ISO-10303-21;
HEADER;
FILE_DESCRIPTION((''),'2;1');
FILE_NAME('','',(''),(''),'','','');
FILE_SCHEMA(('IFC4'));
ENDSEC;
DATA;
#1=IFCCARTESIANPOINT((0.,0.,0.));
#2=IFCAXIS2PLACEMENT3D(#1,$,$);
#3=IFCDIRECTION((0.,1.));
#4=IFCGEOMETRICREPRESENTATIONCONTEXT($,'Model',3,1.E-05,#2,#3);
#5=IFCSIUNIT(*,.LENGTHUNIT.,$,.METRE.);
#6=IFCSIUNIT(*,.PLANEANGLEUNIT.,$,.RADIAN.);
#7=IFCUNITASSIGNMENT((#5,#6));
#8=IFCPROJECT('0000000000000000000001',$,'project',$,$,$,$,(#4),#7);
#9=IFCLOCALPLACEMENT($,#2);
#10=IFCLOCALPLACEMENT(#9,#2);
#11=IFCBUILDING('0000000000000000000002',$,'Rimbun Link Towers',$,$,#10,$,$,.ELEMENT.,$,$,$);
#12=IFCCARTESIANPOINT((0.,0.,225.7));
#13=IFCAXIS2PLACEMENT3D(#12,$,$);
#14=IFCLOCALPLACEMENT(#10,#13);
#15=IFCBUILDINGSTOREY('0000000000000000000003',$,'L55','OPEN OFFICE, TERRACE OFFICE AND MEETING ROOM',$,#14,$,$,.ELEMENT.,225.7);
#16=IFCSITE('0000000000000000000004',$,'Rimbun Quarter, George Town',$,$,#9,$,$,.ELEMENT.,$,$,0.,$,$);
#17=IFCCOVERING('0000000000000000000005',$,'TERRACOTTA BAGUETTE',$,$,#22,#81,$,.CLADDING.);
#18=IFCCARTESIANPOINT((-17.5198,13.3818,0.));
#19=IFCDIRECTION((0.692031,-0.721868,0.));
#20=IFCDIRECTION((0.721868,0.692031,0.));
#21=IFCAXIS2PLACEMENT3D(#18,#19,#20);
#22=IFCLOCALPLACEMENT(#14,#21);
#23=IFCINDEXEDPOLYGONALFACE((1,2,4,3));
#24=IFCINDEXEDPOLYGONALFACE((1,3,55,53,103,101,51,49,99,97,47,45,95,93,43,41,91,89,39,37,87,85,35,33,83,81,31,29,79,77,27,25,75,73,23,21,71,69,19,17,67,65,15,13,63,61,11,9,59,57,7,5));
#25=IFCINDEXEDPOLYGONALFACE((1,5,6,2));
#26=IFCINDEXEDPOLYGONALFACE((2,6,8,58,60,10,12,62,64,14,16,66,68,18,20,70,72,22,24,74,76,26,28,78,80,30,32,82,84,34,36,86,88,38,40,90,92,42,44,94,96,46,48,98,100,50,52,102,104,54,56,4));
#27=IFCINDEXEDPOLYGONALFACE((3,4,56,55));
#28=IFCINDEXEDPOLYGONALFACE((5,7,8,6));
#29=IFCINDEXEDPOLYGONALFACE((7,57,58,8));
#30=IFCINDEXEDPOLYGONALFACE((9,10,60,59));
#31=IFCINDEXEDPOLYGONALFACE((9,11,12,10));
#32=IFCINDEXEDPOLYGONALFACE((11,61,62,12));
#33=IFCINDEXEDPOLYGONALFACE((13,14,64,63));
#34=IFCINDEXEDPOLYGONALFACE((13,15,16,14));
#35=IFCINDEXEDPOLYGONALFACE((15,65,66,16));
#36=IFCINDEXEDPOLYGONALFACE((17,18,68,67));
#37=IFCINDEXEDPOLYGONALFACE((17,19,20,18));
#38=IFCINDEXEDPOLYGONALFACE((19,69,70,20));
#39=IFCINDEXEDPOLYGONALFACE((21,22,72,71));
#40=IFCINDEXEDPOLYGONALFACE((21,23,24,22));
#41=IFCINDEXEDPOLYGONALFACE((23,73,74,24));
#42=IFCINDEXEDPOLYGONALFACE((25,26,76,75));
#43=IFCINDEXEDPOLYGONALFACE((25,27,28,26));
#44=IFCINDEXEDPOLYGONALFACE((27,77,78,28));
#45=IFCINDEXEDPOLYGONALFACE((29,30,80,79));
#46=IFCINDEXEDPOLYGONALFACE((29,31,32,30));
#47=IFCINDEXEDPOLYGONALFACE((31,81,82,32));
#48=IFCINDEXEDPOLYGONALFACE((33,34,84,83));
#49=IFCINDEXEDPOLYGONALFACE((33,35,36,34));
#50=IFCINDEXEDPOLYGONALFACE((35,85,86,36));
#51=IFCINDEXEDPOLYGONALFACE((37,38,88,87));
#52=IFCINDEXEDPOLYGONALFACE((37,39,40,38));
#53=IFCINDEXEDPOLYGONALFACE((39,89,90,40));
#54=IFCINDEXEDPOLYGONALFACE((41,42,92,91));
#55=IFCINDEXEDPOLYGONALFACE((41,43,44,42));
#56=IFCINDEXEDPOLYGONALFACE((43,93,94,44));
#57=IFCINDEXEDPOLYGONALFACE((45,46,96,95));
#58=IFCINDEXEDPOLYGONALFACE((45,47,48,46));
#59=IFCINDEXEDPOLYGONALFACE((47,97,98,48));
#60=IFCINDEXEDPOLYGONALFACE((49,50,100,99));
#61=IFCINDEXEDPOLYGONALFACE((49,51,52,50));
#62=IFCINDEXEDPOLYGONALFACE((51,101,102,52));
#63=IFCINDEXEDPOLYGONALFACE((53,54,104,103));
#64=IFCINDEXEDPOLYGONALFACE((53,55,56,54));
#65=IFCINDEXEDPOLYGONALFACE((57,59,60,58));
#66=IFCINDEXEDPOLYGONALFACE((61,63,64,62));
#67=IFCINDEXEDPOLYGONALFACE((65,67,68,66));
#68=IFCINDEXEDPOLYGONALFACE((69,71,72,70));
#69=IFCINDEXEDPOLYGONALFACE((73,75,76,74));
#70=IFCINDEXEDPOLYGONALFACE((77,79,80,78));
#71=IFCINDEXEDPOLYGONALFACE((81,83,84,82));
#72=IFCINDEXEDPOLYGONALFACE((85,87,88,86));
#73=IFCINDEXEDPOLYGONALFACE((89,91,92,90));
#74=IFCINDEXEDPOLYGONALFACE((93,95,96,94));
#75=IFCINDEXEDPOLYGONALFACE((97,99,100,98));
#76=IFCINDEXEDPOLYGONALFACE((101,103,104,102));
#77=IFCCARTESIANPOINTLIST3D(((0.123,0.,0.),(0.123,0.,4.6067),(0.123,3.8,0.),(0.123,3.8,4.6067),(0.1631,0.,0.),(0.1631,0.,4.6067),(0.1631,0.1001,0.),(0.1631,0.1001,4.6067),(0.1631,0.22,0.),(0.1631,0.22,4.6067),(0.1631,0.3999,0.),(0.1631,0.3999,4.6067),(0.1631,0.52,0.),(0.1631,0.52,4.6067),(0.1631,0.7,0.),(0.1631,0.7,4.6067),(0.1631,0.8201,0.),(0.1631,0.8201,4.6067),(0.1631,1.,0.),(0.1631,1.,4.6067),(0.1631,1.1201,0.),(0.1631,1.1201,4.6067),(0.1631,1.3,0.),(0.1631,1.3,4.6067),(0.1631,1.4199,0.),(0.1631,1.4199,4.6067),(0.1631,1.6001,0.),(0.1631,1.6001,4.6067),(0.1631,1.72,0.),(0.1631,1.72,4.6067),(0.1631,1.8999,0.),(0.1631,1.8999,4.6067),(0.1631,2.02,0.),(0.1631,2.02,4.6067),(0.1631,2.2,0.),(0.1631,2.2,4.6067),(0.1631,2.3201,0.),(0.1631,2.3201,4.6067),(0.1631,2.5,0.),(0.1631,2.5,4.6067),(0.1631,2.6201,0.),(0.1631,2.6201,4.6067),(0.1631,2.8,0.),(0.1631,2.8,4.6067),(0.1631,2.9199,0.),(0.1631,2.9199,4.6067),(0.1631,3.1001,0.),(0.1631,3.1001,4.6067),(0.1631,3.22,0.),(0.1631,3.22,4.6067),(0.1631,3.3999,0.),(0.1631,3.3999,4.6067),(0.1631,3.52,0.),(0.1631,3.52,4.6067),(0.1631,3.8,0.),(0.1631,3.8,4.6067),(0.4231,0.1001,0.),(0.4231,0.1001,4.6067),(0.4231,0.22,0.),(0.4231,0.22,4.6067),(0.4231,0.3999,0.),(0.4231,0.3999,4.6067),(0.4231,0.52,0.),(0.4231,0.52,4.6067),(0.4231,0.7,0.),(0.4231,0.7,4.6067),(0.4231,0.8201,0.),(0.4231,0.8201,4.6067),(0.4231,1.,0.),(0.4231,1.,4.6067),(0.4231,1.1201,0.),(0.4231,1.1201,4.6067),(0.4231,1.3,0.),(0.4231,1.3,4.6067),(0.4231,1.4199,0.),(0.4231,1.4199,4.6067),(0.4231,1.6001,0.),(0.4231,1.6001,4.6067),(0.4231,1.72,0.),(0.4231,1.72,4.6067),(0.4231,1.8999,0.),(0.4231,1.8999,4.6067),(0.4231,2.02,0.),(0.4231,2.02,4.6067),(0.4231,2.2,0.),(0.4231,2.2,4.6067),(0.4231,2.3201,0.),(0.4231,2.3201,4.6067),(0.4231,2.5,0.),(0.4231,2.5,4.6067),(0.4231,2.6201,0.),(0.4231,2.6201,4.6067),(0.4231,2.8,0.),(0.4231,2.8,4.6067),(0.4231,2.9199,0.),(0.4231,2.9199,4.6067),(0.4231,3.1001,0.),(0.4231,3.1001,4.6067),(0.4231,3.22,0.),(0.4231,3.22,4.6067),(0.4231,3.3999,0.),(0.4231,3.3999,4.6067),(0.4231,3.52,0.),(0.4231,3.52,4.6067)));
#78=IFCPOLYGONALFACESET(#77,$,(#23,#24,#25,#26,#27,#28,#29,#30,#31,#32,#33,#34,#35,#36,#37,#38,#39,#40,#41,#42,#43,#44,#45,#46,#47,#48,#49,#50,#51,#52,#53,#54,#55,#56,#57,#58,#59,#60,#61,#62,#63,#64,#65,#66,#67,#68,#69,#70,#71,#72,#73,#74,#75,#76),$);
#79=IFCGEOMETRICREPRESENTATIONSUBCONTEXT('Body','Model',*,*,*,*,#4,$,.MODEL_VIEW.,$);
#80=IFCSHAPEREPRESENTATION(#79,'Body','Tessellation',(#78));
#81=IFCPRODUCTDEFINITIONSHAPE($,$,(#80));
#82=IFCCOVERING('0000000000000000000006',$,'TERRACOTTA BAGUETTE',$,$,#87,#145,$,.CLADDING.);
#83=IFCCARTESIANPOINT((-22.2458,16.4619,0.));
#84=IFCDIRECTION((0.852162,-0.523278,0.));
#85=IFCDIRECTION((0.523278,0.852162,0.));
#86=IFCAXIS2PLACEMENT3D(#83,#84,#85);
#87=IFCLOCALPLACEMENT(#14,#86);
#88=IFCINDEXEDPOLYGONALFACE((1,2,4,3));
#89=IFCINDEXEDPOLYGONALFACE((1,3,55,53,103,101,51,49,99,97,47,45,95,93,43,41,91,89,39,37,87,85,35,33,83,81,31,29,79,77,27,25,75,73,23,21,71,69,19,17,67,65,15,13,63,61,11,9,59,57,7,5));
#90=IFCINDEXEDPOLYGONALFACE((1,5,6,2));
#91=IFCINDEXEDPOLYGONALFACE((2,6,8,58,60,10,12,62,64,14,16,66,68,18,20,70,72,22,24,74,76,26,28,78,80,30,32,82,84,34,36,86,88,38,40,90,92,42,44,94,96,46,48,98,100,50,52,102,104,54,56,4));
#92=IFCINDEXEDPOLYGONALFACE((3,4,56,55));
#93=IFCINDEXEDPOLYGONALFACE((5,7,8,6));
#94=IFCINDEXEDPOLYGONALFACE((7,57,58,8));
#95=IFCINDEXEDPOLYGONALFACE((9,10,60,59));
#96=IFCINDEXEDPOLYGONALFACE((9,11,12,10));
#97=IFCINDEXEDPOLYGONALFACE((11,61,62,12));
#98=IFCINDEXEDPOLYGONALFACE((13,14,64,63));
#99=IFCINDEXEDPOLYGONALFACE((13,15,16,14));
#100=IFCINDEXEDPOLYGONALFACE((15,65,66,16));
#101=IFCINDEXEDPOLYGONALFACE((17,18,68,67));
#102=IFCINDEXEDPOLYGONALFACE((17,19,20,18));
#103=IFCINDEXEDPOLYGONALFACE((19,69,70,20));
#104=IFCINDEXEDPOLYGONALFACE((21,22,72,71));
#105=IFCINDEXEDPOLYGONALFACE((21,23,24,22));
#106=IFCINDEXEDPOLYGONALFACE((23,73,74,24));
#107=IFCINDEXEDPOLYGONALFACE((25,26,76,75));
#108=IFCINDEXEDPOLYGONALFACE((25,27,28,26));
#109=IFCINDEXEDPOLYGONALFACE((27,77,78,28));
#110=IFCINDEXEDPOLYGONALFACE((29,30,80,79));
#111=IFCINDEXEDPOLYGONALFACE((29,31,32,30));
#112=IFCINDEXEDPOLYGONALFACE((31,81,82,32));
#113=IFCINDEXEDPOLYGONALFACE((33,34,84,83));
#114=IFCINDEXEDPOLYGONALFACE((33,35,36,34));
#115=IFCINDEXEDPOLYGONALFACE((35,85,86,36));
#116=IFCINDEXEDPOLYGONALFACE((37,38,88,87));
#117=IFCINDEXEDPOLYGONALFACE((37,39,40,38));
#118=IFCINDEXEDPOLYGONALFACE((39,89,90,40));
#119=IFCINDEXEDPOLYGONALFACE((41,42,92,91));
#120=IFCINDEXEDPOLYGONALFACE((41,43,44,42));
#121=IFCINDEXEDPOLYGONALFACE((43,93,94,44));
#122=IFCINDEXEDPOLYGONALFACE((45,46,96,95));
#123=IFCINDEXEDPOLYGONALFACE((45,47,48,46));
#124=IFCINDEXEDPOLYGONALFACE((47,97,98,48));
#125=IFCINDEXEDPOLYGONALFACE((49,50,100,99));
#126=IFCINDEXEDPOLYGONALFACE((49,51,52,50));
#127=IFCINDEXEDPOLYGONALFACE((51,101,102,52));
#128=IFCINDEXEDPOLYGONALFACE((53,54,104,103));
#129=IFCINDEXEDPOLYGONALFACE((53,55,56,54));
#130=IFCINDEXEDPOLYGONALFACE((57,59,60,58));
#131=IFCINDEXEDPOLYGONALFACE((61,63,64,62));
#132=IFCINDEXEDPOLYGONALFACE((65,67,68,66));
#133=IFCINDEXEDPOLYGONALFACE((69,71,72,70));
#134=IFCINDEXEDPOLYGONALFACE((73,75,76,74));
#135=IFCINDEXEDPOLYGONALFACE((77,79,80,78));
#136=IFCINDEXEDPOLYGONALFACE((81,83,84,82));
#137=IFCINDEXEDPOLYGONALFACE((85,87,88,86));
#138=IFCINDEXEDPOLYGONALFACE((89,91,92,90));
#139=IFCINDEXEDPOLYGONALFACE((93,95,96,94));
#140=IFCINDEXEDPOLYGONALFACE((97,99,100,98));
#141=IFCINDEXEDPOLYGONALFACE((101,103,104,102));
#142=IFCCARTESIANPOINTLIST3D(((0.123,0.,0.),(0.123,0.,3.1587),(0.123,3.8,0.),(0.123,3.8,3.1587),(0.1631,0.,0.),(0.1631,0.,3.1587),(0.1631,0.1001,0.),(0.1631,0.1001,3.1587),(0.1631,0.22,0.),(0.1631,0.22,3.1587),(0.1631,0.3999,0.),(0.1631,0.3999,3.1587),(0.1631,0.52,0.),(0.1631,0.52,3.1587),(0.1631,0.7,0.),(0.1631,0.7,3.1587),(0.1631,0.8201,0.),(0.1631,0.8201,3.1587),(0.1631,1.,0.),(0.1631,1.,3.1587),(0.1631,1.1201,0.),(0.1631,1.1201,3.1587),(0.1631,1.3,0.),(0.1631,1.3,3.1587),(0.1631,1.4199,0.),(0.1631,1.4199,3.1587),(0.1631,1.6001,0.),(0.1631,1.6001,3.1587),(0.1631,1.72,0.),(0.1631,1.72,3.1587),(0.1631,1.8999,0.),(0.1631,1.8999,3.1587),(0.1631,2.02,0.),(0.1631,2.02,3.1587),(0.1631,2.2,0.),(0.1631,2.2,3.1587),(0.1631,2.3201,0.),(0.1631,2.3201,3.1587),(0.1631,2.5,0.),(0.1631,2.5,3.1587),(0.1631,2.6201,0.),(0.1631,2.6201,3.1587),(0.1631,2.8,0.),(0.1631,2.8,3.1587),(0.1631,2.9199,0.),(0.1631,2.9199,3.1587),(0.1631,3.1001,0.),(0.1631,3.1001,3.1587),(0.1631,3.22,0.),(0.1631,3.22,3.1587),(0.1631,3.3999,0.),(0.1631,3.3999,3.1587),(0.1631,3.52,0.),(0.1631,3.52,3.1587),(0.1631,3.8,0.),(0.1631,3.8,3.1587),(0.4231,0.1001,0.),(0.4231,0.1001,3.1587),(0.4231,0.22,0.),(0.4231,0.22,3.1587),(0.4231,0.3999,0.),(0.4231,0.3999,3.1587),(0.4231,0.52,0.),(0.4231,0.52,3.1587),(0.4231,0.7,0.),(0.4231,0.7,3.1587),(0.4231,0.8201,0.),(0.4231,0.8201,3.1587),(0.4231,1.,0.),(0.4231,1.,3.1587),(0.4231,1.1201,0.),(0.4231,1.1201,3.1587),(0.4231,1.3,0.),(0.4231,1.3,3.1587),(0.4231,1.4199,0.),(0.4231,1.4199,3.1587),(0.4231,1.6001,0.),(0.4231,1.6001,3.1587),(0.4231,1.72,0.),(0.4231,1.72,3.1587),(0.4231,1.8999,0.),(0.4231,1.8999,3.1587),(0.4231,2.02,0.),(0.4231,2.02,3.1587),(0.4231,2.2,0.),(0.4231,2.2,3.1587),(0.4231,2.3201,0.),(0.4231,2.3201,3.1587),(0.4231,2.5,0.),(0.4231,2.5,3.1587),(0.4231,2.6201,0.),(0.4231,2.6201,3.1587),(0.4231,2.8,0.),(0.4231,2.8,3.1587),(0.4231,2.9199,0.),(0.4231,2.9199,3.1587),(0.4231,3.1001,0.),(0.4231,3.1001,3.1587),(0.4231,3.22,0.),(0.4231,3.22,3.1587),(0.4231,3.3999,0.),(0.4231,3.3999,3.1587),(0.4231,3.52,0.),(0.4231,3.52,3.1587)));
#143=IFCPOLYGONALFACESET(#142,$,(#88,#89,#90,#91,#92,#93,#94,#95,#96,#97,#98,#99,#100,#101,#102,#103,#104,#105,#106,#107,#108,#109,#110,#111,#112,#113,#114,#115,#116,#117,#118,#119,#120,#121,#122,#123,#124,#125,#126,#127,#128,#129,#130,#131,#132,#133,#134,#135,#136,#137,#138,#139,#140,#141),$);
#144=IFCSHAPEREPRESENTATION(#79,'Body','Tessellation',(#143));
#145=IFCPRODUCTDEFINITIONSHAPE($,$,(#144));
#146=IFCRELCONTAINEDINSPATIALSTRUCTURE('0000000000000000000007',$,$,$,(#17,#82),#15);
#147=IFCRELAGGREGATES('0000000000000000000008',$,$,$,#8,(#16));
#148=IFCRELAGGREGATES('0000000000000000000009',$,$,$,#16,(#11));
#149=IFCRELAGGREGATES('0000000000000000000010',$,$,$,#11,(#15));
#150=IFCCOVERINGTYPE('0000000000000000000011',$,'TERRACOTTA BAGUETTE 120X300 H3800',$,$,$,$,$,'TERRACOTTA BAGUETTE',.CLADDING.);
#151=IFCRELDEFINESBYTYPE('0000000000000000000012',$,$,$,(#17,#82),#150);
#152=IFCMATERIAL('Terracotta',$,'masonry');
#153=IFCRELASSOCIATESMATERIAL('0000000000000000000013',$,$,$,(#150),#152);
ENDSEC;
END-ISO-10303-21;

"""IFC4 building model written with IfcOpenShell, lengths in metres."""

from ifc_helpers import new_model, si_unit, direction, frame, origin, place, context, subcontext, project, spatial, polyline, outline, extrude, material, material_profile, profile_set, type_object, element, save


model = new_model("IFC4")

# Units and contexts
model_context = context("Model", 3, precision=1e-05, world=origin(), true_north=direction((0.0, 1.0)))
body_context = subcontext(model_context, "Body", "Model", "MODEL_VIEW")
ifc_project = project(units=[si_unit("LENGTHUNIT", "METRE"), si_unit("PLANEANGLEUNIT", "RADIAN")], contexts=[model_context])

# Site, building, storey
site_placement = place(None, origin())
site = spatial("IfcSite", under=ifc_project, at=site_placement, Name="Rimbun Quarter, George Town", CompositionType="ELEMENT", RefElevation=0.0)
building_placement = place(site_placement, origin())
building = spatial("IfcBuilding", under=site, at=building_placement, Name="Rimbun Link Towers", CompositionType="ELEMENT")
storey_placement = place(building_placement, frame((0.0, 0.0, 225.7)))
storey = spatial("IfcBuildingStorey", under=building, at=storey_placement, Name="L55", Description="OPEN OFFICE, TERRACE OFFICE AND MEETING ROOM", CompositionType="ELEMENT", Elevation=225.7)

# Coverings
ifc_material_1 = material(Name="Terracotta", Category="masonry")
ifc_material_profile_1 = material_profile(ifc_material_1, outline(polyline([(0.123, 0.0), (0.1631, 0.0), (0.1631, 0.1001), (0.4231, 0.1001), (0.4231, 0.22), (0.1631, 0.22), (0.1631, 0.3999), (0.4231, 0.3999), (0.4231, 0.52), (0.1631, 0.52), (0.1631, 0.7), (0.4231, 0.7), (0.4231, 0.8201), (0.1631, 0.8201), (0.1631, 1.0), (0.4231, 1.0), (0.4231, 1.1201), (0.1631, 1.1201), (0.1631, 1.3), (0.4231, 1.3), (0.4231, 1.4199), (0.1631, 1.4199), (0.1631, 1.6001), (0.4231, 1.6001), (0.4231, 1.72), (0.1631, 1.72), (0.1631, 1.8999), (0.4231, 1.8999), (0.4231, 2.02), (0.1631, 2.02), (0.1631, 2.2), (0.4231, 2.2), (0.4231, 2.3201), (0.1631, 2.3201), (0.1631, 2.5), (0.4231, 2.5), (0.4231, 2.6201), (0.1631, 2.6201), (0.1631, 2.8), (0.4231, 2.8), (0.4231, 2.9199), (0.1631, 2.9199), (0.1631, 3.1001), (0.4231, 3.1001), (0.4231, 3.22), (0.1631, 3.22), (0.1631, 3.3999), (0.4231, 3.3999), (0.4231, 3.52), (0.1631, 3.52), (0.1631, 3.8), (0.123, 3.8), (0.123, 0.0)])), Name="BAGUETTE 120X300")
ifc_profile_set_1 = profile_set([ifc_material_profile_1], Name="Terracotta")
covering_type = type_object("IfcCoveringType", Name="TERRACOTTA BAGUETTE 120X300 H3800", ElementType="TERRACOTTA BAGUETTE", PredefinedType="CLADDING", material=ifc_profile_set_1)
covering_1_placement = place(storey_placement, frame((-17.5198, 13.3818, 0.0), z_axis=(0.692031, -0.721868, 0.0), x_axis=(0.721868, 0.692031, 0.0)))
element("IfcCovering", 1, at=covering_1_placement, inside=storey, type_object=covering_type, Name="TERRACOTTA BAGUETTE", PredefinedType="CLADDING", context=body_context, shape_type="SweptSolid", body=[
    extrude(outline(polyline([(0.123, 0.0), (0.1631, 0.0), (0.1631, 0.1001), (0.4231, 0.1001), (0.4231, 0.22), (0.1631, 0.22), (0.1631, 0.3999), (0.4231, 0.3999), (0.4231, 0.52), (0.1631, 0.52), (0.1631, 0.7), (0.4231, 0.7), (0.4231, 0.8201), (0.1631, 0.8201), (0.1631, 1.0), (0.4231, 1.0), (0.4231, 1.1201), (0.1631, 1.1201), (0.1631, 1.3), (0.4231, 1.3), (0.4231, 1.4199), (0.1631, 1.4199), (0.1631, 1.6001), (0.4231, 1.6001), (0.4231, 1.72), (0.1631, 1.72), (0.1631, 1.8999), (0.4231, 1.8999), (0.4231, 2.02), (0.1631, 2.02), (0.1631, 2.2), (0.4231, 2.2), (0.4231, 2.3201), (0.1631, 2.3201), (0.1631, 2.5), (0.4231, 2.5), (0.4231, 2.6201), (0.1631, 2.6201), (0.1631, 2.8), (0.4231, 2.8), (0.4231, 2.9199), (0.1631, 2.9199), (0.1631, 3.1001), (0.4231, 3.1001), (0.4231, 3.22), (0.1631, 3.22), (0.1631, 3.3999), (0.4231, 3.3999), (0.4231, 3.52), (0.1631, 3.52), (0.1631, 3.8), (0.123, 3.8), (0.123, 0.0)])), origin(), (0.0, 0.0, 1.0), 4.6067),
])
covering_2_placement = place(storey_placement, frame((-22.2458, 16.4619, 0.0), z_axis=(0.852162, -0.523278, 0.0), x_axis=(0.523278, 0.852162, 0.0)))
element("IfcCovering", 2, at=covering_2_placement, inside=storey, type_object=covering_type, Name="TERRACOTTA BAGUETTE", PredefinedType="CLADDING", context=body_context, shape_type="SweptSolid", body=[
    extrude(outline(polyline([(0.123, 0.0), (0.1631, 0.0), (0.1631, 0.1001), (0.4231, 0.1001), (0.4231, 0.22), (0.1631, 0.22), (0.1631, 0.3999), (0.4231, 0.3999), (0.4231, 0.52), (0.1631, 0.52), (0.1631, 0.7), (0.4231, 0.7), (0.4231, 0.8201), (0.1631, 0.8201), (0.1631, 1.0), (0.4231, 1.0), (0.4231, 1.1201), (0.1631, 1.1201), (0.1631, 1.3), (0.4231, 1.3), (0.4231, 1.4199), (0.1631, 1.4199), (0.1631, 1.6001), (0.4231, 1.6001), (0.4231, 1.72), (0.1631, 1.72), (0.1631, 1.8999), (0.4231, 1.8999), (0.4231, 2.02), (0.1631, 2.02), (0.1631, 2.2), (0.4231, 2.2), (0.4231, 2.3201), (0.1631, 2.3201), (0.1631, 2.5), (0.4231, 2.5), (0.4231, 2.6201), (0.1631, 2.6201), (0.1631, 2.8), (0.4231, 2.8), (0.4231, 2.9199), (0.1631, 2.9199), (0.1631, 3.1001), (0.4231, 3.1001), (0.4231, 3.22), (0.1631, 3.22), (0.1631, 3.3999), (0.4231, 3.3999), (0.4231, 3.52), (0.1631, 3.52), (0.1631, 3.8), (0.123, 3.8), (0.123, 0.0)])), origin(), (0.0, 0.0, 1.0), 3.1587),
])

save(model, "model.ifc")
